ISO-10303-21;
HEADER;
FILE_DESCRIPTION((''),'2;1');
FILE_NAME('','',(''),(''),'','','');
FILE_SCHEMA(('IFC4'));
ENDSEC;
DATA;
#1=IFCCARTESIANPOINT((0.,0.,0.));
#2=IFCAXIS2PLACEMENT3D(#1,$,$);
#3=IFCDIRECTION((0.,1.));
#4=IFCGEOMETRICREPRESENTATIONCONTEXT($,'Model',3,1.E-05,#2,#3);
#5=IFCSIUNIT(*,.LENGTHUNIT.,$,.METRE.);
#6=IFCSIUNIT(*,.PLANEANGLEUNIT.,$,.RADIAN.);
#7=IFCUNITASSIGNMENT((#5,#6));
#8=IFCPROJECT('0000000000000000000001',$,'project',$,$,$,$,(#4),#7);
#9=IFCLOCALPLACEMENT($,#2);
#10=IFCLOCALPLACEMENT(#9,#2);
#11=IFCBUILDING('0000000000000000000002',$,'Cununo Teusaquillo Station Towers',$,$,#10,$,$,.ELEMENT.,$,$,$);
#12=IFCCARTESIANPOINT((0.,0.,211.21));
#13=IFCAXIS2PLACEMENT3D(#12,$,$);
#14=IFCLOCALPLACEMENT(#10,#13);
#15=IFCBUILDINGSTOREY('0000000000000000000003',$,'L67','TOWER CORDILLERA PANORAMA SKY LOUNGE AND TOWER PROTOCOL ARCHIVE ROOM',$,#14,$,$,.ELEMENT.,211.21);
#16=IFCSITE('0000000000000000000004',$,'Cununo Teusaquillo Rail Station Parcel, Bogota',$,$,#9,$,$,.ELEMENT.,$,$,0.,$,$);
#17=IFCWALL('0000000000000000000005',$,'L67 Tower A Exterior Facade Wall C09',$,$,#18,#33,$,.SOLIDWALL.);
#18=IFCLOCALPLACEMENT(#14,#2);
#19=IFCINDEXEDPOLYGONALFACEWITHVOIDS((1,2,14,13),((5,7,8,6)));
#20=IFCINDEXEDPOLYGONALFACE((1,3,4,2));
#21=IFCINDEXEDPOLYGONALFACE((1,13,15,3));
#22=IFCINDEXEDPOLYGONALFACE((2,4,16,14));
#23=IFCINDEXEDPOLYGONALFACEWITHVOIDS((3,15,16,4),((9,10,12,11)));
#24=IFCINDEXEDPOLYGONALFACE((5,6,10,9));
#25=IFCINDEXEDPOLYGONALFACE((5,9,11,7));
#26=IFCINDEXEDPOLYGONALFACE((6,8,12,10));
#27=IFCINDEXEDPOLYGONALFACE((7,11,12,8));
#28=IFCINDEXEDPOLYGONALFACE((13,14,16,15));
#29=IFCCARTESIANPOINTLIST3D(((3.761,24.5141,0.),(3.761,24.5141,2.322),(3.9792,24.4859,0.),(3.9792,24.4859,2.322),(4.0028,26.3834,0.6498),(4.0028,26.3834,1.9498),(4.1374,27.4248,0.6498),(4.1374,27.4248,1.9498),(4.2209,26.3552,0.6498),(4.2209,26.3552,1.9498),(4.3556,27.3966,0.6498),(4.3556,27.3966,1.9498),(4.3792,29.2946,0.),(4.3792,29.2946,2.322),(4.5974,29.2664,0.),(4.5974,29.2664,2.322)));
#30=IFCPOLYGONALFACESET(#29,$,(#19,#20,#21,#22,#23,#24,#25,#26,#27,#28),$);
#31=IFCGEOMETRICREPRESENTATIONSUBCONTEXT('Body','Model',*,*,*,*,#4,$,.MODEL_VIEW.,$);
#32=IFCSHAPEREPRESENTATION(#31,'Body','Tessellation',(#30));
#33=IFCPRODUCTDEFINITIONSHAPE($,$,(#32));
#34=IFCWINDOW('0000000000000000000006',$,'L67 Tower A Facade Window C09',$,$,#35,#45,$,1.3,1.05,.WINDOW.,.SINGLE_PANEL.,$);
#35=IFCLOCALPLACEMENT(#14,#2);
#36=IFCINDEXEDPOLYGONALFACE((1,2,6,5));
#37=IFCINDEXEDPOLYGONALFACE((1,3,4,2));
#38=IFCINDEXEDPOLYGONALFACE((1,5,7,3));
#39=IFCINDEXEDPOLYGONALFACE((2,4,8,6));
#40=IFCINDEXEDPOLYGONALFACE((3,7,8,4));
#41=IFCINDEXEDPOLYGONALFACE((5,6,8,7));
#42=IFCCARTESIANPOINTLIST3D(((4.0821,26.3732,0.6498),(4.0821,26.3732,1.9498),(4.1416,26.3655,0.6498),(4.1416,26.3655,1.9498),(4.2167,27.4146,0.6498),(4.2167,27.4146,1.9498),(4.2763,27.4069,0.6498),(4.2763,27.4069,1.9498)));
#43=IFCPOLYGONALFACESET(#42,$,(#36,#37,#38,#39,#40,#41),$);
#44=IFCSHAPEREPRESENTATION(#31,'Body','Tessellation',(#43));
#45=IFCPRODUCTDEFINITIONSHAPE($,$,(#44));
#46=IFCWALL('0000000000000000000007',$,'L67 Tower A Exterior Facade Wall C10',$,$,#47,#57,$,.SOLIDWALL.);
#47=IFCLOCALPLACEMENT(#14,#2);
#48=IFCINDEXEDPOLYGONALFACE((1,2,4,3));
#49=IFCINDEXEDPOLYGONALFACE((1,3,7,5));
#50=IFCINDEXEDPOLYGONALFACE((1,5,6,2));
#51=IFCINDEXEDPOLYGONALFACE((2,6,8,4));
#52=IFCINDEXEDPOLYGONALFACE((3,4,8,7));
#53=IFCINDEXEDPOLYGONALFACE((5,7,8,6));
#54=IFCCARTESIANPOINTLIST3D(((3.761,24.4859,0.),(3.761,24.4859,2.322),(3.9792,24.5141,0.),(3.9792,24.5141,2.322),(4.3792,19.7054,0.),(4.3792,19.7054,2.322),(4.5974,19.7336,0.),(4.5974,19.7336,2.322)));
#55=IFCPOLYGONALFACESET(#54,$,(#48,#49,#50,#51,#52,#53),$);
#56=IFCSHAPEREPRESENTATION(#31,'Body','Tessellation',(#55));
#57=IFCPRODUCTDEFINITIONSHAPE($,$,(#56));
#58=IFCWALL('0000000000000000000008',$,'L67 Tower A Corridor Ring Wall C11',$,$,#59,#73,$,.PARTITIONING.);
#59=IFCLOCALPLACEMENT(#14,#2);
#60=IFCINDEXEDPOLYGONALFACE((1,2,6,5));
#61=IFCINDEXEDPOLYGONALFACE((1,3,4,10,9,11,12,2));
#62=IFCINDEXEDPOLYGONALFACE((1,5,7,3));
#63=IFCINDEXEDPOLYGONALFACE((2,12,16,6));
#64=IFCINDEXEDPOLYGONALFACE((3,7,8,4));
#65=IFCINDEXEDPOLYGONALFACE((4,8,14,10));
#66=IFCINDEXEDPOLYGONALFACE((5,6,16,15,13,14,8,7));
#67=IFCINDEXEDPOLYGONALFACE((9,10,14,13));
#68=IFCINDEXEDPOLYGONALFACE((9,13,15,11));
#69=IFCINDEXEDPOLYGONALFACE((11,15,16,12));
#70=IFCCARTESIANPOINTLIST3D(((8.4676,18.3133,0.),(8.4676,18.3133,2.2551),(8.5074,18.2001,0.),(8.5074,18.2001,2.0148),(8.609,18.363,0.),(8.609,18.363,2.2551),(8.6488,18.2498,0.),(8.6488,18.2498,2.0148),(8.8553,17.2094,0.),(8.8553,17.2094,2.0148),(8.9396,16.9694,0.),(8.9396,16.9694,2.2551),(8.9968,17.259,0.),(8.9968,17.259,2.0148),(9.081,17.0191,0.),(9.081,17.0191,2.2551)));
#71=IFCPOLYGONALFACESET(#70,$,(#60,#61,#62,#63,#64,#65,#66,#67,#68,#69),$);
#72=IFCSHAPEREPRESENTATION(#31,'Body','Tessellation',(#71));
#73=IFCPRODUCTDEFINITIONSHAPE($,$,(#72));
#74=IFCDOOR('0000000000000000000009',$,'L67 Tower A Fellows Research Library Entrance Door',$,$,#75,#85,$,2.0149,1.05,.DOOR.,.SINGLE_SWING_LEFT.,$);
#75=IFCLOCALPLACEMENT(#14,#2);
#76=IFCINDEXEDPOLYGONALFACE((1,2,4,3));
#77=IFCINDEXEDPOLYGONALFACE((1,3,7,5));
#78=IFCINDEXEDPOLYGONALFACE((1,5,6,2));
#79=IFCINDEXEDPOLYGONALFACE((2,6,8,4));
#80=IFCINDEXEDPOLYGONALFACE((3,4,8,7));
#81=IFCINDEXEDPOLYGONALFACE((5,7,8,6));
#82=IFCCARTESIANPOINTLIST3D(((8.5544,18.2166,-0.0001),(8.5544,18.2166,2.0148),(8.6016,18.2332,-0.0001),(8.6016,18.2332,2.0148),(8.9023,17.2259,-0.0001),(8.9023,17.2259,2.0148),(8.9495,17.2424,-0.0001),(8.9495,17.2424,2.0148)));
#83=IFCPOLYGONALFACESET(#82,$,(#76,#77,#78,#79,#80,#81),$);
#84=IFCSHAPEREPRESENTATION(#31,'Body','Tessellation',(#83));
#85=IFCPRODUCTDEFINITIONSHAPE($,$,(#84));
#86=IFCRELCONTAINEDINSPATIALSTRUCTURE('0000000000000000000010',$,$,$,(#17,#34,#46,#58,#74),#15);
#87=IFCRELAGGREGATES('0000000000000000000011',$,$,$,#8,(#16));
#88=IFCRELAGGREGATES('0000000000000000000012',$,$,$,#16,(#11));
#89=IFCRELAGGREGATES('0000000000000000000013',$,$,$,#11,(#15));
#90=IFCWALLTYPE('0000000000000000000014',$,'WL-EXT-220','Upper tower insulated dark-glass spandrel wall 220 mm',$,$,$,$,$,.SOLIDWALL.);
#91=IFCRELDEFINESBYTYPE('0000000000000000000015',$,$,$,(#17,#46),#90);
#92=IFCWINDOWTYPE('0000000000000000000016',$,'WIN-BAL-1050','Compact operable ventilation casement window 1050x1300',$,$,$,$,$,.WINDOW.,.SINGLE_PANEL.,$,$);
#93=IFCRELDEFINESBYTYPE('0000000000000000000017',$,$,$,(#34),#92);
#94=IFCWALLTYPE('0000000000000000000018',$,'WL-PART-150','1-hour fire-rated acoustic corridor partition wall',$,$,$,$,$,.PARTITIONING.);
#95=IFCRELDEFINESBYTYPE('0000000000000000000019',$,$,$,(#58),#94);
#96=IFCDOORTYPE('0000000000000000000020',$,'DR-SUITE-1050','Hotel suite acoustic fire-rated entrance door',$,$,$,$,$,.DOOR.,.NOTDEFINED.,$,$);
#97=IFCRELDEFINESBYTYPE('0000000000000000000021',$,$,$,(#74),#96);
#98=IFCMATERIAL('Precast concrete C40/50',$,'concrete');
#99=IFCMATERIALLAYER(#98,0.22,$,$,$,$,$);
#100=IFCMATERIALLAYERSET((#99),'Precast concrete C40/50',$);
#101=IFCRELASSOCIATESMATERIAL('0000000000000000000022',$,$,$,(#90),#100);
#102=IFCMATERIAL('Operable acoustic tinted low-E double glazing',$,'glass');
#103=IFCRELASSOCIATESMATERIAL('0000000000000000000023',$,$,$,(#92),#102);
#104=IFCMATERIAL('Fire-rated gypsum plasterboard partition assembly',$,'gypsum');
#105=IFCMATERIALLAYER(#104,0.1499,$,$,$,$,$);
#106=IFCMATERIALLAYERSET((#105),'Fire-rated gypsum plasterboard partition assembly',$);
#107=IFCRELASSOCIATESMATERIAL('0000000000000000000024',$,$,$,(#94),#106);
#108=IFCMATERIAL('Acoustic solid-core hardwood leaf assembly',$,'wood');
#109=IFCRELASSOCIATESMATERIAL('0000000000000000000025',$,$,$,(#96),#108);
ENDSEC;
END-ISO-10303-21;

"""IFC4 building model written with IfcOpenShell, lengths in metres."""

from ifc_helpers import new_model, si_unit, direction, frame, frame_2d, origin, place, context, subcontext, project, spatial, rectangle, extrude, source, transform, mapped, material, layer, layer_set, type_object, element, fill, save


model = new_model("IFC4")

# Units and contexts
model_context = context("Model", 3, precision=1e-05, world=origin(), true_north=direction((0.0, 1.0)))
body_context = subcontext(model_context, "Body", "Model", "MODEL_VIEW")
ifc_project = project(units=[si_unit("LENGTHUNIT", "METRE"), si_unit("PLANEANGLEUNIT", "RADIAN")], contexts=[model_context])

# Site, building, storey
site_placement = place(None, origin())
site = spatial("IfcSite", under=ifc_project, at=site_placement, Name="Cununo Teusaquillo Rail Station Parcel, Bogota", CompositionType="ELEMENT", RefElevation=0.0)
building_placement = place(site_placement, origin())
building = spatial("IfcBuilding", under=site, at=building_placement, Name="Cununo Teusaquillo Station Towers", CompositionType="ELEMENT")
storey_placement = place(building_placement, frame((0.0, 0.0, 211.21)))
storey = spatial("IfcBuildingStorey", under=building, at=storey_placement, Name="L67", Description="TOWER CORDILLERA PANORAMA SKY LOUNGE AND TOWER PROTOCOL ARCHIVE ROOM", CompositionType="ELEMENT", Elevation=211.21)

# Wall, opening, window
ifc_material_1 = material(Name="Precast concrete C40/50", Category="concrete")
ifc_layer_1 = layer(ifc_material_1, 0.22)
ifc_layer_set_1 = layer_set([ifc_layer_1], Name="Precast concrete C40/50")
wall_type_1 = type_object("IfcWallType", Name="WL-EXT-220", Description="Upper tower insulated dark-glass spandrel wall 220 mm", PredefinedType="SOLIDWALL", material=ifc_layer_set_1)
wall_1_placement = place(storey_placement, frame((3.8701, 24.5, 0.0), z_axis=(0.0, 0.0, 1.0), x_axis=(0.128241, 0.991743, 0.0)))
wall_1 = element("IfcWall", 1, at=wall_1_placement, inside=storey, type_object=wall_type_1, Name="L67 Tower A Exterior Facade Wall C09", PredefinedType="SOLIDWALL", context=body_context, shape_type="SweptSolid", body=[
    extrude(rectangle(XDim=4.8203, YDim=0.22, at=frame_2d((2.4102, 0.0))), origin(), (0.0, 0.0, 1.0), 2.322),
])
shared_shape_1 = source(origin(), body_context, "Body", "SweptSolid", [
    extrude(rectangle(XDim=1.05, YDim=1.3, at=frame_2d((0.5249, 0.6499))), frame((0.0, 0.1199, 0.0), z_axis=(0.0, -1.0, 0.0), x_axis=(1.0, 0.0, 0.0)), (0.0, 0.0, 1.0), 0.24),
])
opening_1_placement = place(wall_1_placement, frame((1.885, 0.0, 0.6499)))
opening_1 = element("IfcOpeningElement", 2, at=opening_1_placement, cuts=wall_1, PredefinedType="OPENING", context=body_context, shape_type="MappedRepresentation", body=[
    mapped(shared_shape_1, transform((0.0, 0.0, 0.0), x_axis=(1.0, 0.0, 0.0), y_axis=(0.0, 1.0, 0.0), z_axis=(0.0, 0.0, 1.0), scale=1.0)),
])
ifc_material_2 = material(Name="Operable acoustic tinted low-E double glazing", Category="glass")
window_type = type_object("IfcWindowType", Name="WIN-BAL-1050", Description="Compact operable ventilation casement window 1050x1300", PartitioningType="SINGLE_PANEL", PredefinedType="WINDOW", material=ifc_material_2)
shared_shape_2 = source(origin(), body_context, "Body", "SweptSolid", [
    extrude(rectangle(XDim=1.05, YDim=1.3, at=frame_2d((0.5249, 0.6499))), frame((0.0, 0.03, 0.0), z_axis=(0.0, -1.0, 0.0), x_axis=(1.0, 0.0, 0.0)), (0.0, 0.0, 1.0), 0.0601),
])
window_placement = place(opening_1_placement, origin())
window = element("IfcWindow", 3, at=window_placement, inside=storey, type_object=window_type, Name="L67 Tower A Facade Window C09", OverallHeight=1.3, OverallWidth=1.05, PartitioningType="SINGLE_PANEL", PredefinedType="WINDOW", context=body_context, shape_type="MappedRepresentation", body=[
    mapped(shared_shape_2, transform((0.0, 0.0, 0.0), x_axis=(1.0, 0.0, 0.0), y_axis=(0.0, 1.0, 0.0), z_axis=(0.0, 0.0, 1.0), scale=1.0)),
])
fill(opening_1, window)

# Wall
wall_2_placement = place(storey_placement, frame((4.4883, 19.7195, 0.0), z_axis=(0.0, 0.0, 1.0), x_axis=(-0.128241, 0.991743, 0.0)))
element("IfcWall", 4, at=wall_2_placement, inside=storey, type_object=wall_type_1, Name="L67 Tower A Exterior Facade Wall C10", PredefinedType="SOLIDWALL", context=body_context, shape_type="SweptSolid", body=[
    extrude(rectangle(XDim=4.8203, YDim=0.22, at=frame_2d((2.4102, 0.0))), origin(), (0.0, 0.0, 1.0), 2.322),
])

# Wall, opening, door
ifc_material_3 = material(Name="Fire-rated gypsum plasterboard partition assembly", Category="gypsum")
ifc_layer_2 = layer(ifc_material_3, 0.1499)
ifc_layer_set_2 = layer_set([ifc_layer_2], Name="Fire-rated gypsum plasterboard partition assembly")
wall_type_2 = type_object("IfcWallType", Name="WL-PART-150", Description="1-hour fire-rated acoustic corridor partition wall", PredefinedType="PARTITIONING", material=ifc_layer_set_2)
wall_3_placement = place(storey_placement, frame((8.5383, 18.3381, 0.0), z_axis=(0.0, 0.0, 1.0), x_axis=(0.331358, -0.943505, 0.0)))
wall_3 = element("IfcWall", 5, at=wall_3_placement, inside=storey, type_object=wall_type_2, Name="L67 Tower A Corridor Ring Wall C11", PredefinedType="PARTITIONING", context=body_context, shape_type="SweptSolid", body=[
    extrude(rectangle(XDim=1.4243, YDim=0.1499, at=frame_2d((0.7122, 0.0))), origin(), (0.0, 0.0, 1.0), 2.2551),
])
shared_shape_3 = source(origin(), body_context, "Body", "SweptSolid", [
    extrude(rectangle(XDim=1.05, YDim=2.0149, at=frame_2d((0.5249, 1.0073))), frame((0.0, 0.085, 0.0), z_axis=(0.0, -1.0, 0.0), x_axis=(1.0, 0.0, 0.0)), (0.0, 0.0, 1.0), 0.1699),
])
opening_2_placement = place(wall_3_placement, frame((0.1201, 0.0, 0.0)))
opening_2 = element("IfcOpeningElement", 6, at=opening_2_placement, cuts=wall_3, PredefinedType="OPENING", context=body_context, shape_type="MappedRepresentation", body=[
    mapped(shared_shape_3, transform((0.0, 0.0, 0.0), x_axis=(1.0, 0.0, 0.0), y_axis=(0.0, 1.0, 0.0), z_axis=(0.0, 0.0, 1.0), scale=1.0)),
])
ifc_material_4 = material(Name="Acoustic solid-core hardwood leaf assembly", Category="wood")
door_type_1 = type_object("IfcDoorType", Name="DR-SUITE-1050", Description="Hotel suite acoustic fire-rated entrance door", OperationType="NOTDEFINED", PredefinedType="DOOR", material=ifc_material_4)
shared_shape_4 = source(origin(), body_context, "Body", "SweptSolid", [
    extrude(rectangle(XDim=1.05, YDim=2.0149, at=frame_2d((0.5249, 1.0073))), frame((0.0, 0.0249, 0.0), z_axis=(0.0, -1.0, 0.0), x_axis=(1.0, 0.0, 0.0)), (0.0, 0.0, 1.0), 0.05),
])
door_1_placement = place(opening_2_placement, origin())
door_1 = element("IfcDoor", 7, at=door_1_placement, inside=storey, type_object=door_type_1, Name="L67 Tower A Fellows Research Library Entrance Door", OperationType="SINGLE_SWING_LEFT", OverallHeight=2.0149, OverallWidth=1.05, PredefinedType="DOOR", context=body_context, shape_type="MappedRepresentation", body=[
    mapped(shared_shape_4, transform((0.0, 0.0, 0.0), x_axis=(1.0, 0.0, 0.0), y_axis=(0.0, 1.0, 0.0), z_axis=(0.0, 0.0, 1.0), scale=1.0)),
])
fill(opening_2, door_1)

save(model, "model.ifc")
